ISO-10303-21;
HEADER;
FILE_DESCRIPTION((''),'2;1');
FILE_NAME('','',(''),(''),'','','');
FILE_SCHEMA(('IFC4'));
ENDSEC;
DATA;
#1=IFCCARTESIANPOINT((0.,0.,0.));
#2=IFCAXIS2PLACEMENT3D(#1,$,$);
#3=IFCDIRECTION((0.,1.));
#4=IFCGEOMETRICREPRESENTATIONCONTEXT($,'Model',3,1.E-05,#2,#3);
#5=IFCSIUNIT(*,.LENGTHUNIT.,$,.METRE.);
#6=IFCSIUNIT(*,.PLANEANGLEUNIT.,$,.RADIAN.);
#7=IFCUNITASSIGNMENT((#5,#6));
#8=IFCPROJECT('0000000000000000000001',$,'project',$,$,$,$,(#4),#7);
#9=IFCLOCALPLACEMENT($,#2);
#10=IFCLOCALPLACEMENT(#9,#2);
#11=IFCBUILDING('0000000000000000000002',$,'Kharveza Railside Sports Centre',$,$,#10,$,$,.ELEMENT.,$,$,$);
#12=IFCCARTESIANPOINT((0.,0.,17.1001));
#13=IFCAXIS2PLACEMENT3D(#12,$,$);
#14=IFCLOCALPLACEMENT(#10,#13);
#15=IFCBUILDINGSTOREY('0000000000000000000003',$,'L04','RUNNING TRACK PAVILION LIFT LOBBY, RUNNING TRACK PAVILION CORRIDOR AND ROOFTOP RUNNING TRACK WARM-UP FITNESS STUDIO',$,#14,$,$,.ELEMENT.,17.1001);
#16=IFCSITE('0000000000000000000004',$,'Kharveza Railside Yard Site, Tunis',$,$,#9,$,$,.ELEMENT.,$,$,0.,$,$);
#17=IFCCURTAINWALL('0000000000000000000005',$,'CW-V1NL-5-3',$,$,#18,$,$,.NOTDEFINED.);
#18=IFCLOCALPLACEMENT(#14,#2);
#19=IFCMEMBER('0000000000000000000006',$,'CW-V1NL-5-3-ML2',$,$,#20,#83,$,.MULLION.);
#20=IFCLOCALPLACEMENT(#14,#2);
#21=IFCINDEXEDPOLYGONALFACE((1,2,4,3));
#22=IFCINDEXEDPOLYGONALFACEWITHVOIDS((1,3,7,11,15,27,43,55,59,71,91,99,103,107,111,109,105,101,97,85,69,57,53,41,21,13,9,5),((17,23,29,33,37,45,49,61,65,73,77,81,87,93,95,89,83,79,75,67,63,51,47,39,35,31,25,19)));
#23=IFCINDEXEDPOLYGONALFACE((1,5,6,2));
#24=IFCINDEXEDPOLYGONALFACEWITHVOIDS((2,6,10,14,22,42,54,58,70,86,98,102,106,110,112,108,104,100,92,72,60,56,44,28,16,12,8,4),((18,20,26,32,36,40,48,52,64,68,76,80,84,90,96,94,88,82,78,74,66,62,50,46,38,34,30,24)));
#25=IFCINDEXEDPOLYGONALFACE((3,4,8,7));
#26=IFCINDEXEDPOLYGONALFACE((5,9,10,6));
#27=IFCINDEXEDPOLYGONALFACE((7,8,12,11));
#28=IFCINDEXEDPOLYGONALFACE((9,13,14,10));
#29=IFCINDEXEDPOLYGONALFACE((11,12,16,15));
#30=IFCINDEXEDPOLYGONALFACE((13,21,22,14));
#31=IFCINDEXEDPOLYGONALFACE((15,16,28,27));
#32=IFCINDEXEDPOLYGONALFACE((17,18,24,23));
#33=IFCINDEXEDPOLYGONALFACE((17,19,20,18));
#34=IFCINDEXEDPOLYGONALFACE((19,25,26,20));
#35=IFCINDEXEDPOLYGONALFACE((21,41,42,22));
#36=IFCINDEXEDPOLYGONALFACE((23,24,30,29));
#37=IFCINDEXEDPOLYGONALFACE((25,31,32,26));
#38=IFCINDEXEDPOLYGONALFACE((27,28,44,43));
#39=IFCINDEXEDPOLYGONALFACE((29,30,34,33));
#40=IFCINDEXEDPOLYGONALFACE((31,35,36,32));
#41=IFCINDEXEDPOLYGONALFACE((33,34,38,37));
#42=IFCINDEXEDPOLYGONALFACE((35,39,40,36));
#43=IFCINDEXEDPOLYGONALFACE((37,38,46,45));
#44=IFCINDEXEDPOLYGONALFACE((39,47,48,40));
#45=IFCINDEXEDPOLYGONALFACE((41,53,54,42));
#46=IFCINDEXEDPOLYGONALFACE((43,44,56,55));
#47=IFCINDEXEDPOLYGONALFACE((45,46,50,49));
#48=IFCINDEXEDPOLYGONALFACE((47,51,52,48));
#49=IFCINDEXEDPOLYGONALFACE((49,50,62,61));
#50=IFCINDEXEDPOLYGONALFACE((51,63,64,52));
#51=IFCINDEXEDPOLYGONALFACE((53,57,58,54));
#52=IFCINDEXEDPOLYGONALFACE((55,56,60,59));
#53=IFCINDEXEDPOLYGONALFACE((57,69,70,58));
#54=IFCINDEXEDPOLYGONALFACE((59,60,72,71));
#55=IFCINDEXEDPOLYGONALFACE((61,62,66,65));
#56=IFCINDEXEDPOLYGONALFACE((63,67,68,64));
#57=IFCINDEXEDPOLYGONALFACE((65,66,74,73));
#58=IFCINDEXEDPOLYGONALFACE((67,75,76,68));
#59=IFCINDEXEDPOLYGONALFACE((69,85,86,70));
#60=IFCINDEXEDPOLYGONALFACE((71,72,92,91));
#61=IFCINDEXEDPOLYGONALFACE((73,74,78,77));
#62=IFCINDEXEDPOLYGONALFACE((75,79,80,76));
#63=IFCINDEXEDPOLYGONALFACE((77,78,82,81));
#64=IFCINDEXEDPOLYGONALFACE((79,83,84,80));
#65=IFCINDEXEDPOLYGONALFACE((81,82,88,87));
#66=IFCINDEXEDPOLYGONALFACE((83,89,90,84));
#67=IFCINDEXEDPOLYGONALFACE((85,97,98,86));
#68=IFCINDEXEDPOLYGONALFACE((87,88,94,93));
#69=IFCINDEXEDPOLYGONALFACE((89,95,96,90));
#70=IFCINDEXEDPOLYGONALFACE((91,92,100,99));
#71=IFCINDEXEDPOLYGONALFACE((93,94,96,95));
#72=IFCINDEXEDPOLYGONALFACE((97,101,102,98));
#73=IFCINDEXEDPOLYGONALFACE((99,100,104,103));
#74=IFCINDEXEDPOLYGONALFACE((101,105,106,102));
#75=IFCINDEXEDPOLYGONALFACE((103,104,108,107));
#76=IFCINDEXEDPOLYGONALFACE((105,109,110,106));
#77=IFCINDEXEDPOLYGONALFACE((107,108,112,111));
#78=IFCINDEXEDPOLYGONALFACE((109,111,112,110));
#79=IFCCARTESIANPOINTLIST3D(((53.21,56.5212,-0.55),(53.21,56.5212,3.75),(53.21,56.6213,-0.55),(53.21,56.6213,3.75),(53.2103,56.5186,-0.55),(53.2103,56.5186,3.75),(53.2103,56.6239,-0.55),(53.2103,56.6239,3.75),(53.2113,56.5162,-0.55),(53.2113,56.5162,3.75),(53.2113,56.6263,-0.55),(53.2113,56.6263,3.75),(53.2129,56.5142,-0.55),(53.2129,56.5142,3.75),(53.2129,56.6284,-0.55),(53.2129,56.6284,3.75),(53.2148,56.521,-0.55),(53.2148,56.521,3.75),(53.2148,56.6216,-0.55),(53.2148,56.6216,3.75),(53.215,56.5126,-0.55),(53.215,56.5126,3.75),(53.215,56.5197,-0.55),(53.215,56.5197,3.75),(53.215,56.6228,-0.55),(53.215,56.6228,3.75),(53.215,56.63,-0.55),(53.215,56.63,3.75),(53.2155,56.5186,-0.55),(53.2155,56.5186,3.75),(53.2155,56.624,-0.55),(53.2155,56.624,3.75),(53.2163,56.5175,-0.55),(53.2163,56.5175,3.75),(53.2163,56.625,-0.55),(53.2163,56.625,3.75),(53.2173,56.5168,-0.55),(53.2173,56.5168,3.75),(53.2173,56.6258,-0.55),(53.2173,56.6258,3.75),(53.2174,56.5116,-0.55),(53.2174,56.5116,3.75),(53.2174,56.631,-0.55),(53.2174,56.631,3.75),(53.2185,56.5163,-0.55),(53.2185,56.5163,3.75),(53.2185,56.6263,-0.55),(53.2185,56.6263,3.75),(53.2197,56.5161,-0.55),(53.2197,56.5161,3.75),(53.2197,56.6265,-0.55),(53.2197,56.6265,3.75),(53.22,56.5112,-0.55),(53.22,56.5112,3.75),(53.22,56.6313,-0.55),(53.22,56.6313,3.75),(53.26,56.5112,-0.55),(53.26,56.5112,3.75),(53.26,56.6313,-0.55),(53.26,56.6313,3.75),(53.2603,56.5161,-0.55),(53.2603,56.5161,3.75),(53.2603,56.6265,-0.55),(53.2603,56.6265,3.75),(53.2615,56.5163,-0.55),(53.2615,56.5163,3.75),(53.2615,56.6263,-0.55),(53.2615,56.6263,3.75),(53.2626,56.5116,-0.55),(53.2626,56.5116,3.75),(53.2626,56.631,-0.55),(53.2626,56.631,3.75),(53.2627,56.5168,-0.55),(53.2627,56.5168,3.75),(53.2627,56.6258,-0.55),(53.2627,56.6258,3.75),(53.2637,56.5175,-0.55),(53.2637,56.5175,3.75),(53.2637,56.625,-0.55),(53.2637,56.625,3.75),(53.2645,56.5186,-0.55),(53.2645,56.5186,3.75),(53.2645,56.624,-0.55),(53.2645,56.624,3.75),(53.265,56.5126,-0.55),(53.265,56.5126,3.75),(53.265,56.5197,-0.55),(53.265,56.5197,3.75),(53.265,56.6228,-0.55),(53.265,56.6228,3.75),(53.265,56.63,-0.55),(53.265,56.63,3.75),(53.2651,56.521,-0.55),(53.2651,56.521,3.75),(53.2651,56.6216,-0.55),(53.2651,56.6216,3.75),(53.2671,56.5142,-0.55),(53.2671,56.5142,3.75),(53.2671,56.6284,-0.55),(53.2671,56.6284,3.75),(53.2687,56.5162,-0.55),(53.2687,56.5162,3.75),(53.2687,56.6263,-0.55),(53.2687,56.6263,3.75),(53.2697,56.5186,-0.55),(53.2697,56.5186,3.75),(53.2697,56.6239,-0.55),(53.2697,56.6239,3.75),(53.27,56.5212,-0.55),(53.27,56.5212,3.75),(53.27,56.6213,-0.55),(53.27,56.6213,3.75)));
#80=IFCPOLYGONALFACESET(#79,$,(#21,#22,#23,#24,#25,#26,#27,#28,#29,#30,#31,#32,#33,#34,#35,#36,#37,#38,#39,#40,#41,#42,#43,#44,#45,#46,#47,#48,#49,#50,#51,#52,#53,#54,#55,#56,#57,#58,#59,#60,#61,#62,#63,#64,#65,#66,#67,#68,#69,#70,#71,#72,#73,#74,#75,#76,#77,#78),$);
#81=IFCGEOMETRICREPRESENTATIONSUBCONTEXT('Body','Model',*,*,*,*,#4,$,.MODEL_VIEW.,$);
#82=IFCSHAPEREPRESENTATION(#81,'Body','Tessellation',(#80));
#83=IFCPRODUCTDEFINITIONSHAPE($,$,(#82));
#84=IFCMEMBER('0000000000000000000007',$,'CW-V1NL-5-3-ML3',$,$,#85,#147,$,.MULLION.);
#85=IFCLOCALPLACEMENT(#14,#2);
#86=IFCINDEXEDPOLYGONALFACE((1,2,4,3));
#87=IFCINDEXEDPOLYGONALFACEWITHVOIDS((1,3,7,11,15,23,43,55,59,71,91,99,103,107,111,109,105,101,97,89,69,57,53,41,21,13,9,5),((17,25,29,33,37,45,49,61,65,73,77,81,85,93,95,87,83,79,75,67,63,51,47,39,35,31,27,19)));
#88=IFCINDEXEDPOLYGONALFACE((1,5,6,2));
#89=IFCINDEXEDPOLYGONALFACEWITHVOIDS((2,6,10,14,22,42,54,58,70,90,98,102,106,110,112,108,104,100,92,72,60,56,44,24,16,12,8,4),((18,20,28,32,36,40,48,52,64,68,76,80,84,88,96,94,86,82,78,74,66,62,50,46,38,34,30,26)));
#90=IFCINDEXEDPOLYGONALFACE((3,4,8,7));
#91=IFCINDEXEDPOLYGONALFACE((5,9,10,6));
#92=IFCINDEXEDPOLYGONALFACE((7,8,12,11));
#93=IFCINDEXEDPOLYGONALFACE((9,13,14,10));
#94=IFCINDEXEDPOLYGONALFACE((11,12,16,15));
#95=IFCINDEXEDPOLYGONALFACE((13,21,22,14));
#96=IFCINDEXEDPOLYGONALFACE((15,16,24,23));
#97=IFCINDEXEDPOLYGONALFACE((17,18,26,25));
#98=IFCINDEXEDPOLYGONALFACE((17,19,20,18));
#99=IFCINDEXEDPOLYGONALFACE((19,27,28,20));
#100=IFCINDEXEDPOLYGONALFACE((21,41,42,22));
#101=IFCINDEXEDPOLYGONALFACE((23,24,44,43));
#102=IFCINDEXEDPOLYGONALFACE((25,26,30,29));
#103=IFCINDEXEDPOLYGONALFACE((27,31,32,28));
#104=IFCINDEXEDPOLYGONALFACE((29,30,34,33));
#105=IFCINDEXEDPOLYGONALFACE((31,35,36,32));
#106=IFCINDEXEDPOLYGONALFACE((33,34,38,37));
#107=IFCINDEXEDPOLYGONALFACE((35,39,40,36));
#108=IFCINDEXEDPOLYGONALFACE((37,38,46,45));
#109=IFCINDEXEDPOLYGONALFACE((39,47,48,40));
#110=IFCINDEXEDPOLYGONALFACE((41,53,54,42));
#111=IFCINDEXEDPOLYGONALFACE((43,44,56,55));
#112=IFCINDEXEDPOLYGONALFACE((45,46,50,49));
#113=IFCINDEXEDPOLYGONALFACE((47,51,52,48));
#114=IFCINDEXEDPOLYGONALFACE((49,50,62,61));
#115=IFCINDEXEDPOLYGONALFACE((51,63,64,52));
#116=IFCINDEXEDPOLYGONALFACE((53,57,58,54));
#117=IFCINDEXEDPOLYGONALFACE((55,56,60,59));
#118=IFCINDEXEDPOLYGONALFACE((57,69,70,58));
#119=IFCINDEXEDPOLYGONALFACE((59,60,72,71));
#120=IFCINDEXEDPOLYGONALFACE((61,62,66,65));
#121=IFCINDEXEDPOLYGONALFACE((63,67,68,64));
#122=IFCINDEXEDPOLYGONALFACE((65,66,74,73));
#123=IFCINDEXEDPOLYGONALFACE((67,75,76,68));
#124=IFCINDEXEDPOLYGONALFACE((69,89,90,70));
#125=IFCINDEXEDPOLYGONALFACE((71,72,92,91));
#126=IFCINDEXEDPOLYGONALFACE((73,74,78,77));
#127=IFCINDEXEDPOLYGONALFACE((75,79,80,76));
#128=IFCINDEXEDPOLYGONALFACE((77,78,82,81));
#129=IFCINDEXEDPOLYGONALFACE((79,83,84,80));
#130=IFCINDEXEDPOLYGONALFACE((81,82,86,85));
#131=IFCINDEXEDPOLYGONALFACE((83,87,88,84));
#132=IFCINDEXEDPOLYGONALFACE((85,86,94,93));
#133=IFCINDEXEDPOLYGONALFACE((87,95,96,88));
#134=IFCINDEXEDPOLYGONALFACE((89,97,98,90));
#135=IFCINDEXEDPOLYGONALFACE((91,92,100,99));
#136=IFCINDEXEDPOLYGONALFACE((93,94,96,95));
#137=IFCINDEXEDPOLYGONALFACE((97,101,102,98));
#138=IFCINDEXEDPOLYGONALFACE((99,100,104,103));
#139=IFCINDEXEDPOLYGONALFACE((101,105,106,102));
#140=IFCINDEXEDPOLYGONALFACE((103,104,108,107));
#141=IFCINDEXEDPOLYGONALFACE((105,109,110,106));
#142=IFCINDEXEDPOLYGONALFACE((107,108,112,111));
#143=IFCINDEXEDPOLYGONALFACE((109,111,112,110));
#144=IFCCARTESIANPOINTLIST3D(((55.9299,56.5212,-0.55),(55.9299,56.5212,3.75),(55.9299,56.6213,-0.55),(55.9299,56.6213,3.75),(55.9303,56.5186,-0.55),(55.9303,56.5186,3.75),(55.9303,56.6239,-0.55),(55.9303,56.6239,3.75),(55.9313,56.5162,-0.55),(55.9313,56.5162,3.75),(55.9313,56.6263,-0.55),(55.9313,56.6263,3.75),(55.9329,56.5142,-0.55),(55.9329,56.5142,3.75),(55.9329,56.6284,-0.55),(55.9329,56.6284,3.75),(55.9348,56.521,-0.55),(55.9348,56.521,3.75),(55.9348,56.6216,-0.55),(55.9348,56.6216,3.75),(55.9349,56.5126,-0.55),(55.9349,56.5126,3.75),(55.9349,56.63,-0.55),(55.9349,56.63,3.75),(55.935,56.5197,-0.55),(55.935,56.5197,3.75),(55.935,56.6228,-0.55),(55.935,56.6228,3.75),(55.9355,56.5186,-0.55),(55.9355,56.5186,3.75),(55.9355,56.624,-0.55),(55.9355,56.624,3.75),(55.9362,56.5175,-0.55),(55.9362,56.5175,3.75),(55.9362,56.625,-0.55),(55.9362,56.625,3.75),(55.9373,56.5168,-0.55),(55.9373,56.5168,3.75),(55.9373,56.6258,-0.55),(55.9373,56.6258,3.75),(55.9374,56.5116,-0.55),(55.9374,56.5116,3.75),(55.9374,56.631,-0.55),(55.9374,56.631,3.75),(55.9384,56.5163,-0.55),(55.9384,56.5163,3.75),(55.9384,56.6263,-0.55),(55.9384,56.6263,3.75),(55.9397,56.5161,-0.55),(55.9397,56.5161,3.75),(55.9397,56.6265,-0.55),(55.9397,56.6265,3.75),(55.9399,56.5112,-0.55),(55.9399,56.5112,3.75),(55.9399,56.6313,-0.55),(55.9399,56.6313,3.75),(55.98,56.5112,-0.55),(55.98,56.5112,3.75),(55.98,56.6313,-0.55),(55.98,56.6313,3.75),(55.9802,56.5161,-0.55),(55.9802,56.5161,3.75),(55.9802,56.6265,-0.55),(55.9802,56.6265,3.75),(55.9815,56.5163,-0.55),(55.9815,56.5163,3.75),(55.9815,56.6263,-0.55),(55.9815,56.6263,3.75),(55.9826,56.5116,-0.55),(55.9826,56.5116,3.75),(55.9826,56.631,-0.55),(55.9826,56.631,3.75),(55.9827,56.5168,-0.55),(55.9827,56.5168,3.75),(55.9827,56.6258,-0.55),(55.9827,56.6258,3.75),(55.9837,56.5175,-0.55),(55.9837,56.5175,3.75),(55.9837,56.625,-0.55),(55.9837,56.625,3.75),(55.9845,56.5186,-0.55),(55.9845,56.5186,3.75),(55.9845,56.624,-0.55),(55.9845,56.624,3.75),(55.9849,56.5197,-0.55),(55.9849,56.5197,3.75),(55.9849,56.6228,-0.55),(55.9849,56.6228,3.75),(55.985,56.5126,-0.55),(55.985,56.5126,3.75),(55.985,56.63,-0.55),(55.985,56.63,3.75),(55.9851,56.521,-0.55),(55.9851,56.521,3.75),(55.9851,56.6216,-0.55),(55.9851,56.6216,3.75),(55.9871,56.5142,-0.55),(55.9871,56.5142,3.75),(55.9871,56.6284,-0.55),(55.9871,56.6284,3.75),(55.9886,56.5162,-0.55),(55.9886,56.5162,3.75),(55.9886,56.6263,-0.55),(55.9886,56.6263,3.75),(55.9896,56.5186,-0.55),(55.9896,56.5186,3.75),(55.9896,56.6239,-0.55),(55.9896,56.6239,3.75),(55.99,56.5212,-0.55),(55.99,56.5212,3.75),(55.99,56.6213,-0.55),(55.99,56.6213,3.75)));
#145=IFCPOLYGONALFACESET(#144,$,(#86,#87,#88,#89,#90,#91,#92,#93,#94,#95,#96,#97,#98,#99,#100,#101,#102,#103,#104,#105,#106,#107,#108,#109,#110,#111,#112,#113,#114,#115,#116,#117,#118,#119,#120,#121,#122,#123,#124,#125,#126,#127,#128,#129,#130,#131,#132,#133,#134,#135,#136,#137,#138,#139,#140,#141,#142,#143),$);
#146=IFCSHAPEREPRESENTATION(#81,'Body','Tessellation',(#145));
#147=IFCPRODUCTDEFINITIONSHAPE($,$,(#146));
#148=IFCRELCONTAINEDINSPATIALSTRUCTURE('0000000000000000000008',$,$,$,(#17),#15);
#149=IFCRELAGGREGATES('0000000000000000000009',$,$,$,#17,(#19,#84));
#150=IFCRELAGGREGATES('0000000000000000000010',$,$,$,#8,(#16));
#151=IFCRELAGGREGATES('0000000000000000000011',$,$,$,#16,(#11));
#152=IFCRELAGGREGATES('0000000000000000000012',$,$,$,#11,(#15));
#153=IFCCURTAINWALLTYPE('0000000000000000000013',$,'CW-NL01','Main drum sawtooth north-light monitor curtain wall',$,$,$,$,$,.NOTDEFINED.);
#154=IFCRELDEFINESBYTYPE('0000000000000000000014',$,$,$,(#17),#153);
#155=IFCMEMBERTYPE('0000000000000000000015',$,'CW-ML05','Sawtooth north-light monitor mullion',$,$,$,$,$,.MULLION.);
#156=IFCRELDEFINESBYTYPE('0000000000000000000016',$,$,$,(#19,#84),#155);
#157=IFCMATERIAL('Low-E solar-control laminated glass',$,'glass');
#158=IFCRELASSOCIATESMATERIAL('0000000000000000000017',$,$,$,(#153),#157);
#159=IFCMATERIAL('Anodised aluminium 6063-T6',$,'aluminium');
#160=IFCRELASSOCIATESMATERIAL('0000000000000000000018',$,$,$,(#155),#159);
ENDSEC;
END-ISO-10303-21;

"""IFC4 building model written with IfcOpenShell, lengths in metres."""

from ifc_helpers import new_model, si_unit, direction, frame, origin, origin_2d, place, context, subcontext, project, spatial, hollow_rectangle, extrude, material, material_profile, profile_set, type_object, element, aggregate, save


model = new_model("IFC4")

# Units and contexts
model_context = context("Model", 3, precision=1e-05, world=origin(), true_north=direction((0.0, 1.0)))
body_context = subcontext(model_context, "Body", "Model", "MODEL_VIEW")
ifc_project = project(units=[si_unit("LENGTHUNIT", "METRE"), si_unit("PLANEANGLEUNIT", "RADIAN")], contexts=[model_context])

# Site, building, storey
site_placement = place(None, origin())
site = spatial("IfcSite", under=ifc_project, at=site_placement, Name="Kharveza Railside Yard Site, Tunis", CompositionType="ELEMENT", RefElevation=0.0)
building_placement = place(site_placement, origin())
building = spatial("IfcBuilding", under=site, at=building_placement, Name="Kharveza Railside Sports Centre", CompositionType="ELEMENT")
storey_placement = place(building_placement, frame((0.0, 0.0, 17.1001)))
storey = spatial("IfcBuildingStorey", under=building, at=storey_placement, Name="L04", Description="RUNNING TRACK PAVILION LIFT LOBBY, RUNNING TRACK PAVILION CORRIDOR AND ROOFTOP RUNNING TRACK WARM-UP FITNESS STUDIO", CompositionType="ELEMENT", Elevation=17.1001)

# Shared definitions
ifc_material_1 = material(Name="Low-E solar-control laminated glass", Category="glass")
curtain_wall_type = type_object("IfcCurtainWallType", Name="CW-NL01", Description="Main drum sawtooth north-light monitor curtain wall", PredefinedType="NOTDEFINED", material=ifc_material_1)
ifc_material_2 = material(Name="Anodised aluminium 6063-T6", Category="aluminium")
ifc_material_profile_1 = material_profile(ifc_material_2, hollow_rectangle(XDim=0.0601, YDim=0.1201, WallThickness=0.0049, InnerFilletRadius=0.0049, OuterFilletRadius=0.01, at=origin_2d()), Name="RHS 60x120x5.0")
ifc_profile_set_1 = profile_set([ifc_material_profile_1], Name="Anodised aluminium 6063-T6")
member_type_1 = type_object("IfcMemberType", Name="CW-ML05", Description="Sawtooth north-light monitor mullion", PredefinedType="MULLION", material=ifc_profile_set_1)

# Curtain wall, members
curtain_wall_1_placement = place(storey_placement, origin())
curtain_wall_1 = element("IfcCurtainWall", 1, at=curtain_wall_1_placement, inside=storey, type_object=curtain_wall_type, Name="CW-V1NL-5-3", PredefinedType="NOTDEFINED")
member_1_placement = place(storey_placement, frame((53.24, 56.5713, -0.55), z_axis=(0.0, 0.0, 1.0), x_axis=(1.0, 0.0, 0.0)))
member_1 = element("IfcMember", 2, at=member_1_placement, type_object=member_type_1, Name="CW-V1NL-5-3-ML2", PredefinedType="MULLION", context=body_context, shape_type="SweptSolid", body=[
    extrude(hollow_rectangle(XDim=0.0601, YDim=0.1201, WallThickness=0.0049, InnerFilletRadius=0.0049, OuterFilletRadius=0.01, at=origin_2d()), origin(), (0.0, 0.0, 1.0), 4.3),
])
member_2_placement = place(storey_placement, frame((55.96, 56.5713, -0.55), z_axis=(0.0, 0.0, 1.0), x_axis=(1.0, 0.0, 0.0)))
member_2 = element("IfcMember", 3, at=member_2_placement, type_object=member_type_1, Name="CW-V1NL-5-3-ML3", PredefinedType="MULLION", context=body_context, shape_type="SweptSolid", body=[
    extrude(hollow_rectangle(XDim=0.0601, YDim=0.1201, WallThickness=0.0049, InnerFilletRadius=0.0049, OuterFilletRadius=0.01, at=origin_2d()), origin(), (0.0, 0.0, 1.0), 4.3),
])

aggregate(curtain_wall_1, [member_1, member_2])

save(model, "model.ifc")
